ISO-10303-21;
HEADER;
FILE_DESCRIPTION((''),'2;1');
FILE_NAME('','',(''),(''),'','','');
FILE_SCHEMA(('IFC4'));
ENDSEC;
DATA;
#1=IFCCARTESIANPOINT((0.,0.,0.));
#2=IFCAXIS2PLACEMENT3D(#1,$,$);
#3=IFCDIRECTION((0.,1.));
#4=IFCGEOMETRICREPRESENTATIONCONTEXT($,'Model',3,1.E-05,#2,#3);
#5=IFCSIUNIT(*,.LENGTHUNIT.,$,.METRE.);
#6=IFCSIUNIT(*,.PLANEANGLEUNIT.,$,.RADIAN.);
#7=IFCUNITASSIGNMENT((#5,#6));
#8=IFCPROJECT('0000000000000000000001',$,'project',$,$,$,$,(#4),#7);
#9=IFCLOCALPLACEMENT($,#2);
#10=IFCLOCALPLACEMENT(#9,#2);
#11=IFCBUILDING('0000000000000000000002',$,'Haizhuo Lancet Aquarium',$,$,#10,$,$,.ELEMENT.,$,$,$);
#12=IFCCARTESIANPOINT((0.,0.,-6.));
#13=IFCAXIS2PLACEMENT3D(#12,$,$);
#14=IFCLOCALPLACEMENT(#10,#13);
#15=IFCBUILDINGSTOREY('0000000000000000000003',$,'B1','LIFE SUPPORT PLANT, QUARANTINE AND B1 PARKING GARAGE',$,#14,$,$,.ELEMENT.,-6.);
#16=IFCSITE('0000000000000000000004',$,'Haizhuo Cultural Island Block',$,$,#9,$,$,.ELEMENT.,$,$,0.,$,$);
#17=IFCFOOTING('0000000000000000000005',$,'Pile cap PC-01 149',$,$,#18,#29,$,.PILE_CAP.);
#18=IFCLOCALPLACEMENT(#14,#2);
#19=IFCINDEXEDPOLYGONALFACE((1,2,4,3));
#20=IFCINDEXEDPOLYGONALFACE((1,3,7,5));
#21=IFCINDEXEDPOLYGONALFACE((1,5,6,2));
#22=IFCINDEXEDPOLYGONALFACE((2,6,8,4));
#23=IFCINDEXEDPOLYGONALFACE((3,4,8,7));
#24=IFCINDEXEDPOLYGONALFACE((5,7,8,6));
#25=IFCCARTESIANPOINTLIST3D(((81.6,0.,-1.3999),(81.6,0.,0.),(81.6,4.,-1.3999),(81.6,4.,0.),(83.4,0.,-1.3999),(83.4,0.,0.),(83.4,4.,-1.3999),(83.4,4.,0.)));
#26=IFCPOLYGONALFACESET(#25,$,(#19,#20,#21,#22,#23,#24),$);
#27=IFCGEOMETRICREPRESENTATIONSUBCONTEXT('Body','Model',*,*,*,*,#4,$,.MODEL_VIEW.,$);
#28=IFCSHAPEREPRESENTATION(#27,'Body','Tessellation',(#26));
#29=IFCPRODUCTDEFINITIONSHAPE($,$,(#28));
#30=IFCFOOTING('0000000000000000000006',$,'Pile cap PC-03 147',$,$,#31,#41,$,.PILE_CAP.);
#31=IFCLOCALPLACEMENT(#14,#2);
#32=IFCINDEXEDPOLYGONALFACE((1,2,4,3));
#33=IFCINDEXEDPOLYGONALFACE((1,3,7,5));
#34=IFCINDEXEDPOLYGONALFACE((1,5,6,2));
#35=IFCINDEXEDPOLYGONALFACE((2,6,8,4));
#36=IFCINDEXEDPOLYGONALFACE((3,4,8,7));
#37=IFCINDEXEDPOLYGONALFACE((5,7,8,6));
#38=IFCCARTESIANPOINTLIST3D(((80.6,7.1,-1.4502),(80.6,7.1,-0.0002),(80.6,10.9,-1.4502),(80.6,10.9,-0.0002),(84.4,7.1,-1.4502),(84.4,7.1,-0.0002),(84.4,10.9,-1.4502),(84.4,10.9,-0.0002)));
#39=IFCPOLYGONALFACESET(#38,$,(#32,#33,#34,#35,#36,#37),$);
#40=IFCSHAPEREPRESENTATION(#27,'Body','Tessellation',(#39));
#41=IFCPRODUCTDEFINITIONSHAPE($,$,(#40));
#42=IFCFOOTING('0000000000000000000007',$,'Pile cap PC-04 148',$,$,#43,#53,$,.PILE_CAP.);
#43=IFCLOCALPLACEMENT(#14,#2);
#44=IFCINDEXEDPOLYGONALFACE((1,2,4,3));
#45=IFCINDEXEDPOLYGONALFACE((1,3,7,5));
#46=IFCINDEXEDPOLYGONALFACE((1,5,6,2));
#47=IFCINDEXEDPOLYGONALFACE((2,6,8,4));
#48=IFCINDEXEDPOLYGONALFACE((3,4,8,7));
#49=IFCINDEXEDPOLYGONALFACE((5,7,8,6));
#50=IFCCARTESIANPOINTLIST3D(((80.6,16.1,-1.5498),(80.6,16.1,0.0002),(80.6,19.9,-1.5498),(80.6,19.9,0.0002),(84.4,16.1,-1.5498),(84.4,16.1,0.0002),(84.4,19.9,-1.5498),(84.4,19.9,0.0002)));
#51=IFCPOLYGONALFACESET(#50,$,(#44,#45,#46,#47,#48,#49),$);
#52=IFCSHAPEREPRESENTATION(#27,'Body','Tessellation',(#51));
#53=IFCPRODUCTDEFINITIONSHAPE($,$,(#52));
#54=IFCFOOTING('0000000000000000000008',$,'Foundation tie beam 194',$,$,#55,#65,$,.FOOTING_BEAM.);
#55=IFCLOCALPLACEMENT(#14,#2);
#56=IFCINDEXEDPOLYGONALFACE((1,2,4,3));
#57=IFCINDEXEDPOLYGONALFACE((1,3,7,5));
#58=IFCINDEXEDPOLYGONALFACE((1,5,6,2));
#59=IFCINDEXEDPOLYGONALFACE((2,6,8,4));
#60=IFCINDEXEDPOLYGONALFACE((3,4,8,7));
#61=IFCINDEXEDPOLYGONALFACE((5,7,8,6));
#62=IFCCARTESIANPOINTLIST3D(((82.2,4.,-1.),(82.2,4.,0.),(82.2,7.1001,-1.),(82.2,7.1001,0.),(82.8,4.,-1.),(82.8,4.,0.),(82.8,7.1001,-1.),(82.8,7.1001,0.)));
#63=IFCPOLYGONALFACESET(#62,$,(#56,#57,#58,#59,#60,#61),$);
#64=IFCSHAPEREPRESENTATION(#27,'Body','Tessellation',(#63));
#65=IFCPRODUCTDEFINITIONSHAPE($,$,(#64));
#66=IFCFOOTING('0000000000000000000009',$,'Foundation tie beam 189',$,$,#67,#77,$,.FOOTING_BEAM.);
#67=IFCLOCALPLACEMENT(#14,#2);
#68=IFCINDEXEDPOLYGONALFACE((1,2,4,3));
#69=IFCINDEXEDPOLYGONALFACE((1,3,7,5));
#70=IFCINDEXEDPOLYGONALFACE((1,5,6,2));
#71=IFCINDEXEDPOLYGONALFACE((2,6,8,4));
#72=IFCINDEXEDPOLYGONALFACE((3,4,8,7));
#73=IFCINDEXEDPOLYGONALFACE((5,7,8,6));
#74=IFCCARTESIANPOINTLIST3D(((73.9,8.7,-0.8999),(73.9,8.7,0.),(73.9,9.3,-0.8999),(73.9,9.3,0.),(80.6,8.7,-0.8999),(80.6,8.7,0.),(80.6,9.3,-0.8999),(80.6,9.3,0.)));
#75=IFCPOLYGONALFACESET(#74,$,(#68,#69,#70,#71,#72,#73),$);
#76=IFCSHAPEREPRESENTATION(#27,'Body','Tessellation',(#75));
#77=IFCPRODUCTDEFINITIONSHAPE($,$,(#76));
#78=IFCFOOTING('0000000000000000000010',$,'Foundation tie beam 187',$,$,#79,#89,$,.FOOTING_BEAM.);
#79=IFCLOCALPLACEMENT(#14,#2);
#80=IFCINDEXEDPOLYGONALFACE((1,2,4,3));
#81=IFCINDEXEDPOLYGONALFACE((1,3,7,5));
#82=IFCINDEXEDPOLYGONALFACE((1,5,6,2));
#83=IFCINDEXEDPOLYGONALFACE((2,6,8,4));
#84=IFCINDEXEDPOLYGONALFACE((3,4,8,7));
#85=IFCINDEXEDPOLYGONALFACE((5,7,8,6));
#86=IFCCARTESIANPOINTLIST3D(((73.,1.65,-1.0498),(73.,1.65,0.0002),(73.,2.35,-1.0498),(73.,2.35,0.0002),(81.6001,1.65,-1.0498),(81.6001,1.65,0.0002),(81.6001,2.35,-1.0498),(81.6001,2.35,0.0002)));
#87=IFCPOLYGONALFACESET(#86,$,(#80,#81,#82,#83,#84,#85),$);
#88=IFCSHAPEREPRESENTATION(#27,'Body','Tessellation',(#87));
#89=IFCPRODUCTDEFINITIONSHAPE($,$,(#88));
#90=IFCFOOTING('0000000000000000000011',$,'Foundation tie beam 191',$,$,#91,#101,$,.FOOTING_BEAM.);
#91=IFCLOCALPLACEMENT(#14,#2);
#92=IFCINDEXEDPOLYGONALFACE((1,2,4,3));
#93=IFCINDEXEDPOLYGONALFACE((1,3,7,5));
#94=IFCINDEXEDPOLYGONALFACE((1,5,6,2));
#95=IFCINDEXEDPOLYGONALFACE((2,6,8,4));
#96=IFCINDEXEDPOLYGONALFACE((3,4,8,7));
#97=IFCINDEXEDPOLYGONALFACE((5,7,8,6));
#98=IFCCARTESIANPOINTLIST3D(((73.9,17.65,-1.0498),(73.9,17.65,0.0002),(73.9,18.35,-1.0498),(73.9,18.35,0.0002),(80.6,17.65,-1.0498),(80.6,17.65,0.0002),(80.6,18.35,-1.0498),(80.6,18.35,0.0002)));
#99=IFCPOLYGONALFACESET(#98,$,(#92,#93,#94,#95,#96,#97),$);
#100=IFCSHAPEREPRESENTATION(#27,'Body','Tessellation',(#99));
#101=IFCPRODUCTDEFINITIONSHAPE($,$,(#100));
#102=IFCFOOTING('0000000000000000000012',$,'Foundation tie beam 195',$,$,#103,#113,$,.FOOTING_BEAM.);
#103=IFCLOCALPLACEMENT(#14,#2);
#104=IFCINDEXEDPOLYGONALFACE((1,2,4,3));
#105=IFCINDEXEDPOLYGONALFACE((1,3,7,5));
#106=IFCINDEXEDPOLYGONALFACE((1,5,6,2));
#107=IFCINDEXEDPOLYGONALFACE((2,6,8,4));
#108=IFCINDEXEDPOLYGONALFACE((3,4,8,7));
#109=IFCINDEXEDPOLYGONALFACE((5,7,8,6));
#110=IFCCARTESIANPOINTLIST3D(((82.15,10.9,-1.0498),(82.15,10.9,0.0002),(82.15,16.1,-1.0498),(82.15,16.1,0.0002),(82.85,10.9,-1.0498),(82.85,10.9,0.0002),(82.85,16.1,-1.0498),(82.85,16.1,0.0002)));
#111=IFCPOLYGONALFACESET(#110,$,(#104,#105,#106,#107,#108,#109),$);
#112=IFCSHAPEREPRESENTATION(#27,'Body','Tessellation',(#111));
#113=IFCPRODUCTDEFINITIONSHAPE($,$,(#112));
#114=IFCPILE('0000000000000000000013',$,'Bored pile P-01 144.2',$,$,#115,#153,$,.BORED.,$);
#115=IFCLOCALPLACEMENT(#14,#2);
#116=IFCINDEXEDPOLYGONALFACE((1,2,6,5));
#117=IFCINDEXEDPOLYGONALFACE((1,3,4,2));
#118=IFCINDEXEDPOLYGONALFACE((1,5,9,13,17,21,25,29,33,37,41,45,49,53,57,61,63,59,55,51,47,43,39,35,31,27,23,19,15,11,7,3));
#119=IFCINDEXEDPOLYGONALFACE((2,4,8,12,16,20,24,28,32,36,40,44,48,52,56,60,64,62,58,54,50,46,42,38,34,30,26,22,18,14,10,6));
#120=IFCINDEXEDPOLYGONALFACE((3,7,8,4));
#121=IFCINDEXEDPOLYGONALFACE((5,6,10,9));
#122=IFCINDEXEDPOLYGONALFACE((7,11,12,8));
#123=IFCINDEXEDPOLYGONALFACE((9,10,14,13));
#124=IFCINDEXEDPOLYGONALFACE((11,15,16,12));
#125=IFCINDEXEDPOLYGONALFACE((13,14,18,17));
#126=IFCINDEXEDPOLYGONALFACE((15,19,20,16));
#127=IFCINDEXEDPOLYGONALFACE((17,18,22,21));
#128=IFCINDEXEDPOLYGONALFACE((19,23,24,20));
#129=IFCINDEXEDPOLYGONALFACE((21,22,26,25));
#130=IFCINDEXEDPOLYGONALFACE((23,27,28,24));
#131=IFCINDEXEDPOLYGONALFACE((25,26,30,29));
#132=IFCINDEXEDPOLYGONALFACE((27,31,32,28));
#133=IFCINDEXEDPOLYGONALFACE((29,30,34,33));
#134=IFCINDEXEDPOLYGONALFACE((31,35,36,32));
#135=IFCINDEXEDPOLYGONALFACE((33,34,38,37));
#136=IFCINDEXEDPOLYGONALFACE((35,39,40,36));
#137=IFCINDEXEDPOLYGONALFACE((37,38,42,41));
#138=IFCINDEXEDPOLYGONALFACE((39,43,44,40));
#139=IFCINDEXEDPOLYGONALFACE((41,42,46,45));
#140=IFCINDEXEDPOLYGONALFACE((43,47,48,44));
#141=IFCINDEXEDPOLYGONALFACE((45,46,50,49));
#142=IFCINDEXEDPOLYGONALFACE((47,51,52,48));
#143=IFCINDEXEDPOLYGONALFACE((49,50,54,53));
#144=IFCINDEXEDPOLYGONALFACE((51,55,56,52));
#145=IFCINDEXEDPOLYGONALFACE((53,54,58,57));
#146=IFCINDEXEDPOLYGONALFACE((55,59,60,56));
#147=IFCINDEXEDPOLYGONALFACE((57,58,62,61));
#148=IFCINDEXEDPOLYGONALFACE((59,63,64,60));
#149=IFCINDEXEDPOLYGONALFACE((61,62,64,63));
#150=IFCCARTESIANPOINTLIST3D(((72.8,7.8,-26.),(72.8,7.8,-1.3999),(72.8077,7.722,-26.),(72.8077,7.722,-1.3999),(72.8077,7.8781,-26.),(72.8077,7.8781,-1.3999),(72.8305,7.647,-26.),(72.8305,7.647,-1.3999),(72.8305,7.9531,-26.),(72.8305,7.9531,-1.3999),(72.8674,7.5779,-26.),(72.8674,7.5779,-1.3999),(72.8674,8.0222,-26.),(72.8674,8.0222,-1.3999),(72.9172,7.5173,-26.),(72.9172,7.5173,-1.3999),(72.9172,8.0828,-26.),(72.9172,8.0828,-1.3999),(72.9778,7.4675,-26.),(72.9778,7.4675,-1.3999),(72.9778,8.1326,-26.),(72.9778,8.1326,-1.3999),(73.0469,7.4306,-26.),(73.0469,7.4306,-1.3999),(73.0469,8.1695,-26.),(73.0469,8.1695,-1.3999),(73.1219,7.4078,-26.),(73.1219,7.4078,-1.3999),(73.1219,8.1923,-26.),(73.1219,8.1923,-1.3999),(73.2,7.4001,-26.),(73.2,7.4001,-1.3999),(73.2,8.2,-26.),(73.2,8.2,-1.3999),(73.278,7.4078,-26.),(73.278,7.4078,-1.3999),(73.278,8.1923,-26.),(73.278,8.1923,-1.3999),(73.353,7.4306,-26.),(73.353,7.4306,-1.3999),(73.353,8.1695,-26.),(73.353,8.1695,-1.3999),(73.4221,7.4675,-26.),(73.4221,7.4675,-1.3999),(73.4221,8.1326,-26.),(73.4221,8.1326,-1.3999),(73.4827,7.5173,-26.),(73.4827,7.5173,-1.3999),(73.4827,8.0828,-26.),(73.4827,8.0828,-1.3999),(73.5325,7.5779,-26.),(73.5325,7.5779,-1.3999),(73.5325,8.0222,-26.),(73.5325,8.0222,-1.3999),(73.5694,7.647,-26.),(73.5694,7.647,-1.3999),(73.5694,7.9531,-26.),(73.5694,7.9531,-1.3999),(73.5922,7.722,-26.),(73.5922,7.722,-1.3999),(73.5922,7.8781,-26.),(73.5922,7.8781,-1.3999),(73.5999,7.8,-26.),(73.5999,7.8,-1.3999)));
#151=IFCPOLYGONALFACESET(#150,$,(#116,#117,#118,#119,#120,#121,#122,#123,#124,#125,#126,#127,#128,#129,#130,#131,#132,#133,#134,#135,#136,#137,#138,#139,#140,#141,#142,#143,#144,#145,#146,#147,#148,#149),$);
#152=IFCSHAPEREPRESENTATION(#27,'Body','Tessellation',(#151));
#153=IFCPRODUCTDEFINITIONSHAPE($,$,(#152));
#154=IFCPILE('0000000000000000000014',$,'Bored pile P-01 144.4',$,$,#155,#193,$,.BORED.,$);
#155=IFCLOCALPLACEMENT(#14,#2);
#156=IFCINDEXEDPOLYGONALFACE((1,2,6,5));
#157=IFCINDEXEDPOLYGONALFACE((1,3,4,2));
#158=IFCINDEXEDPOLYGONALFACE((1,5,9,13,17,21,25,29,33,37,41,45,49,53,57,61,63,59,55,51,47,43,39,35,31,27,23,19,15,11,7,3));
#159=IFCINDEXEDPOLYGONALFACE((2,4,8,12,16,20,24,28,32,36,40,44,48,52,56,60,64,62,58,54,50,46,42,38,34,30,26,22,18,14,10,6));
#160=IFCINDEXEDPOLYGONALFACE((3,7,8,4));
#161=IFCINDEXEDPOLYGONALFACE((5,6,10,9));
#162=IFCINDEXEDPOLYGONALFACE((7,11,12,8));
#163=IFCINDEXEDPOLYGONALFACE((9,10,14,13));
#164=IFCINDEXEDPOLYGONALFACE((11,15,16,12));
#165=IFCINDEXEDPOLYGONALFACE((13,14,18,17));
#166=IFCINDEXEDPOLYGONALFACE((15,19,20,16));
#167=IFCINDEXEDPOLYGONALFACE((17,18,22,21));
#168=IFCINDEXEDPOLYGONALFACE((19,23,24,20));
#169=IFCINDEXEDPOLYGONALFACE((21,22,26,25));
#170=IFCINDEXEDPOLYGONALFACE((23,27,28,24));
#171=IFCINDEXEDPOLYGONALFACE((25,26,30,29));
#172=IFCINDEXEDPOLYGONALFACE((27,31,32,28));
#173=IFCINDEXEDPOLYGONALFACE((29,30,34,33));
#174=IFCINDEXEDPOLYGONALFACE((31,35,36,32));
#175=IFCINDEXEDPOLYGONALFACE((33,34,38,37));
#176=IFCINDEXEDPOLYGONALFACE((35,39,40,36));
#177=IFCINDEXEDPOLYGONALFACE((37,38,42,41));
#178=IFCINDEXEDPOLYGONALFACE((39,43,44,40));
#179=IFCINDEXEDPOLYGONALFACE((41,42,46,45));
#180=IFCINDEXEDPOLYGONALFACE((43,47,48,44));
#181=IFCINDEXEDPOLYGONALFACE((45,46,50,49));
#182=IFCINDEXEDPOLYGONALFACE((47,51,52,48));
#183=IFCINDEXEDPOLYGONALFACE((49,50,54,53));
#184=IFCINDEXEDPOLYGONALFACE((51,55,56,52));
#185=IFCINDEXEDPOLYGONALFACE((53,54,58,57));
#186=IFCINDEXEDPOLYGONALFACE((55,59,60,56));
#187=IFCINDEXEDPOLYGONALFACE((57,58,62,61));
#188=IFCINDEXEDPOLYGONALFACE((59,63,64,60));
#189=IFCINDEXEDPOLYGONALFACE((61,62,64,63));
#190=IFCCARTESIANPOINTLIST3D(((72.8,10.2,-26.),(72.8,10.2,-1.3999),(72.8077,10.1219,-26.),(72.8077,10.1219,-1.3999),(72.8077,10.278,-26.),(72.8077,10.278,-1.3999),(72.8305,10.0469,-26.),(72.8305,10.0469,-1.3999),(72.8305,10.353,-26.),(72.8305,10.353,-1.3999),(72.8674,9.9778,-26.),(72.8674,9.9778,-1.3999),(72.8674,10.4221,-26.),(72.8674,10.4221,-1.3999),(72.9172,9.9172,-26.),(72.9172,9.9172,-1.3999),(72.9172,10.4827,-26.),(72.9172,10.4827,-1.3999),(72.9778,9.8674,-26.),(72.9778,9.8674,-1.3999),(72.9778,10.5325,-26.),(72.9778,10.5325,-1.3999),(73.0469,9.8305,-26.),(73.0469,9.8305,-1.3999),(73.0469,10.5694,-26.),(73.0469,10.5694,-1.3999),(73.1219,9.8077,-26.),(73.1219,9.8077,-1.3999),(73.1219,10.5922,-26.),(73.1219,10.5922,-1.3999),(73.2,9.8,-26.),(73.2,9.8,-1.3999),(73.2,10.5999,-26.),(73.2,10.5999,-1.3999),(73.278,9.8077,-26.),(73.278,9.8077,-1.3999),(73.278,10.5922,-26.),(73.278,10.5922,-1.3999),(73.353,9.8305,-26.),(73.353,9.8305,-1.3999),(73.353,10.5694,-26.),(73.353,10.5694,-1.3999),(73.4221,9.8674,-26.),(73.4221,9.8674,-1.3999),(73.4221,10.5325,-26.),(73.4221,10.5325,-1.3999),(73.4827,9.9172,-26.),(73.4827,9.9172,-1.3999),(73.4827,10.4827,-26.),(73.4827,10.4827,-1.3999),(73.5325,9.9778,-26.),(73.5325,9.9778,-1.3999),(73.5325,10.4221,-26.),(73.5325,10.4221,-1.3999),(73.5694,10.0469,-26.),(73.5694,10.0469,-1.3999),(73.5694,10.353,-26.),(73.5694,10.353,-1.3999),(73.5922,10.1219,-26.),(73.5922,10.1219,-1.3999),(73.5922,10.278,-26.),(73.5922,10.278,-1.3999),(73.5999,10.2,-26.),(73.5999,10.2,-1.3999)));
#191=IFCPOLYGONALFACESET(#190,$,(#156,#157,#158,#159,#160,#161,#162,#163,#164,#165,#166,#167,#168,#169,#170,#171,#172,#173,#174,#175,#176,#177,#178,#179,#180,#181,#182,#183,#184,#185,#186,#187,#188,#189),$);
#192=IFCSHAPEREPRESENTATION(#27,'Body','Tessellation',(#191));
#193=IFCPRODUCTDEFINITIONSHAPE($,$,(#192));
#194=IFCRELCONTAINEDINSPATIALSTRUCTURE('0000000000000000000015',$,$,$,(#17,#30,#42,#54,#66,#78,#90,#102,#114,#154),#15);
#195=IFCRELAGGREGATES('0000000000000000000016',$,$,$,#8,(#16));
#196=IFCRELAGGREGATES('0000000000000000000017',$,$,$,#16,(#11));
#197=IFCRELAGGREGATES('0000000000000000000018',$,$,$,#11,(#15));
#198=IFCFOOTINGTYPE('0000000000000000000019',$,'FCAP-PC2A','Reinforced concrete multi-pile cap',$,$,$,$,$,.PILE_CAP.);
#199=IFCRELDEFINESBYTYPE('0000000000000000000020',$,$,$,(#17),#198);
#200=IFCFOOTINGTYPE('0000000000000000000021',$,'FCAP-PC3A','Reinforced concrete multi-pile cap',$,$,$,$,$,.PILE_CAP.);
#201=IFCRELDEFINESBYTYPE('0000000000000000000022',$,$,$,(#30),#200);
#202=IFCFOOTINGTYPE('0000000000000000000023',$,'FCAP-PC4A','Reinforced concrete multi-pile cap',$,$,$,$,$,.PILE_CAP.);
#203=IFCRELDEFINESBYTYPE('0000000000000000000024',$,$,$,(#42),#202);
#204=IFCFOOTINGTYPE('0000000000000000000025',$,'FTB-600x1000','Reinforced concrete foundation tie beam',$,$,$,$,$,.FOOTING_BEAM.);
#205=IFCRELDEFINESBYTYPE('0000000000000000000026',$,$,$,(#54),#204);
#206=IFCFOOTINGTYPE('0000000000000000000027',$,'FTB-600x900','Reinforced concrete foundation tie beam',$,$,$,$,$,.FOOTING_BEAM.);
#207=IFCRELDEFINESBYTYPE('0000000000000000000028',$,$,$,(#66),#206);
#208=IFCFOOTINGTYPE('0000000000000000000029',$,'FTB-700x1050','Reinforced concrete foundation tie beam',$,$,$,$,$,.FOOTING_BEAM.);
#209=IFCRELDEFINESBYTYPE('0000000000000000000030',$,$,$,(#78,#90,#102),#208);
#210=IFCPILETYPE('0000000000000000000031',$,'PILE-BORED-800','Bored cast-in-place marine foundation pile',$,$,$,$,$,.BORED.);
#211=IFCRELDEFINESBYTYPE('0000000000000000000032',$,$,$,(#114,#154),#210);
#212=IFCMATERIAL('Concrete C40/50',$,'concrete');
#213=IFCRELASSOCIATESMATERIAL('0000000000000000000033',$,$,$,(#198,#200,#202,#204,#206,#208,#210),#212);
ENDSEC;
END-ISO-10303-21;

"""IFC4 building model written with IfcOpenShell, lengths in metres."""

from ifc_helpers import new_model, si_unit, direction, frame, origin, origin_2d, place, context, subcontext, project, spatial, rectangle, circle, extrude, material, material_profile, profile_set, type_object, element, save


model = new_model("IFC4")

# Units and contexts
model_context = context("Model", 3, precision=1e-05, world=origin(), true_north=direction((0.0, 1.0)))
body_context = subcontext(model_context, "Body", "Model", "MODEL_VIEW")
ifc_project = project(units=[si_unit("LENGTHUNIT", "METRE"), si_unit("PLANEANGLEUNIT", "RADIAN")], contexts=[model_context])

# Site, building, storey
site_placement = place(None, origin())
site = spatial("IfcSite", under=ifc_project, at=site_placement, Name="Haizhuo Cultural Island Block", CompositionType="ELEMENT", RefElevation=0.0)
building_placement = place(site_placement, origin())
building = spatial("IfcBuilding", under=site, at=building_placement, Name="Haizhuo Lancet Aquarium", CompositionType="ELEMENT")
storey_placement = place(building_placement, frame((0.0, 0.0, -6.0)))
storey = spatial("IfcBuildingStorey", under=building, at=storey_placement, Name="B1", Description="LIFE SUPPORT PLANT, QUARANTINE AND B1 PARKING GARAGE", CompositionType="ELEMENT", Elevation=-6.0)

# Footings
ifc_material_1 = material(Name="Concrete C40/50", Category="concrete")
footing_type_1 = type_object("IfcFootingType", Name="FCAP-PC2A", Description="Reinforced concrete multi-pile cap", PredefinedType="PILE_CAP", material=ifc_material_1)
footing_1_placement = place(storey_placement, frame((82.5, 2.0, -1.3999), z_axis=(0.0, 0.0, 1.0), x_axis=(1.0, 0.0, 0.0)))
element("IfcFooting", 1, at=footing_1_placement, inside=storey, type_object=footing_type_1, Name="Pile cap PC-01 149", PredefinedType="PILE_CAP", context=body_context, shape_type="SweptSolid", body=[
    extrude(rectangle(XDim=1.8, YDim=4.0, at=origin_2d()), origin(), (0.0, 0.0, 1.0), 1.3999),
])
footing_type_2 = type_object("IfcFootingType", Name="FCAP-PC3A", Description="Reinforced concrete multi-pile cap", PredefinedType="PILE_CAP", material=ifc_material_1)
footing_2_placement = place(storey_placement, frame((82.5, 9.0, -1.4502), z_axis=(0.0, 0.0, 1.0), x_axis=(1.0, 0.0, 0.0)))
element("IfcFooting", 2, at=footing_2_placement, inside=storey, type_object=footing_type_2, Name="Pile cap PC-03 147", PredefinedType="PILE_CAP", context=body_context, shape_type="SweptSolid", body=[
    extrude(rectangle(XDim=3.8, YDim=3.8, at=origin_2d()), origin(), (0.0, 0.0, 1.0), 1.45),
])
footing_type_3 = type_object("IfcFootingType", Name="FCAP-PC4A", Description="Reinforced concrete multi-pile cap", PredefinedType="PILE_CAP", material=ifc_material_1)
footing_3_placement = place(storey_placement, frame((82.5, 18.0, -1.5498), z_axis=(0.0, 0.0, 1.0), x_axis=(1.0, 0.0, 0.0)))
element("IfcFooting", 3, at=footing_3_placement, inside=storey, type_object=footing_type_3, Name="Pile cap PC-04 148", PredefinedType="PILE_CAP", context=body_context, shape_type="SweptSolid", body=[
    extrude(rectangle(XDim=3.8, YDim=3.8, at=origin_2d()), origin(), (0.0, 0.0, 1.0), 1.55),
])
footing_type_4 = type_object("IfcFootingType", Name="FTB-600x1000", Description="Reinforced concrete foundation tie beam", PredefinedType="FOOTING_BEAM", material=ifc_material_1)
footing_4_placement = place(storey_placement, frame((82.5, 5.55, -1.0), z_axis=(0.0, 0.0, 1.0), x_axis=(0.0, 1.0, 0.0)))
element("IfcFooting", 4, at=footing_4_placement, inside=storey, type_object=footing_type_4, Name="Foundation tie beam 194", PredefinedType="FOOTING_BEAM", context=body_context, shape_type="SweptSolid", body=[
    extrude(rectangle(XDim=3.1001, YDim=0.6001, at=origin_2d()), origin(), (0.0, 0.0, 1.0), 1.0),
])
footing_type_5 = type_object("IfcFootingType", Name="FTB-600x900", Description="Reinforced concrete foundation tie beam", PredefinedType="FOOTING_BEAM", material=ifc_material_1)
footing_5_placement = place(storey_placement, frame((77.25, 9.0, -0.8999), z_axis=(0.0, 0.0, 1.0), x_axis=(1.0, 0.0, 0.0)))
element("IfcFooting", 5, at=footing_5_placement, inside=storey, type_object=footing_type_5, Name="Foundation tie beam 189", PredefinedType="FOOTING_BEAM", context=body_context, shape_type="SweptSolid", body=[
    extrude(rectangle(XDim=6.7, YDim=0.6001, at=origin_2d()), origin(), (0.0, 0.0, 1.0), 0.8999),
])
footing_type_6 = type_object("IfcFootingType", Name="FTB-700x1050", Description="Reinforced concrete foundation tie beam", PredefinedType="FOOTING_BEAM", material=ifc_material_1)
footing_6_placement = place(storey_placement, frame((77.3, 2.0, -1.0498), z_axis=(0.0, 0.0, 1.0), x_axis=(1.0, 0.0, 0.0)))
element("IfcFooting", 6, at=footing_6_placement, inside=storey, type_object=footing_type_6, Name="Foundation tie beam 187", PredefinedType="FOOTING_BEAM", context=body_context, shape_type="SweptSolid", body=[
    extrude(rectangle(XDim=8.6001, YDim=0.7, at=origin_2d()), origin(), (0.0, 0.0, 1.0), 1.05),
])
footing_7_placement = place(storey_placement, frame((77.25, 18.0, -1.0498), z_axis=(0.0, 0.0, 1.0), x_axis=(1.0, 0.0, 0.0)))
element("IfcFooting", 7, at=footing_7_placement, inside=storey, type_object=footing_type_6, Name="Foundation tie beam 191", PredefinedType="FOOTING_BEAM", context=body_context, shape_type="SweptSolid", body=[
    extrude(rectangle(XDim=6.7, YDim=0.7, at=origin_2d()), origin(), (0.0, 0.0, 1.0), 1.05),
])
footing_8_placement = place(storey_placement, frame((82.5, 13.5, -1.0498), z_axis=(0.0, 0.0, 1.0), x_axis=(0.0, 1.0, 0.0)))
element("IfcFooting", 8, at=footing_8_placement, inside=storey, type_object=footing_type_6, Name="Foundation tie beam 195", PredefinedType="FOOTING_BEAM", context=body_context, shape_type="SweptSolid", body=[
    extrude(rectangle(XDim=5.2, YDim=0.7, at=origin_2d()), origin(), (0.0, 0.0, 1.0), 1.05),
])

# Piles
ifc_material_profile_1 = material_profile(ifc_material_1, circle(Radius=0.3999, at=origin_2d()), Name="PILE-800")
ifc_profile_set_1 = profile_set([ifc_material_profile_1], Name="Concrete C40/50")
pile_type = type_object("IfcPileType", Name="PILE-BORED-800", Description="Bored cast-in-place marine foundation pile", PredefinedType="BORED", material=ifc_profile_set_1)
for number, where, z_axis, x_axis, name in (
    (9, (73.2, 7.8, -1.3999), (0.0, 0.0, -1.0), (1.0, 0.0, 0.0), "Bored pile P-01 144.2"),
    (10, (73.2, 10.2, -1.3999), (0.0, 0.0, -1.0), (1.0, 0.0, 0.0), "Bored pile P-01 144.4"),
):
    element("IfcPile", number, at=place(storey_placement, frame(where, z_axis=z_axis, x_axis=x_axis)), inside=storey, type_object=pile_type, Name=name, PredefinedType="BORED", context=body_context, shape_type="SweptSolid", body=[
        extrude(circle(Radius=0.3999, at=origin_2d()), origin(), (0.0, 0.0, 1.0), 24.6001),
    ])

save(model, "model.ifc")
